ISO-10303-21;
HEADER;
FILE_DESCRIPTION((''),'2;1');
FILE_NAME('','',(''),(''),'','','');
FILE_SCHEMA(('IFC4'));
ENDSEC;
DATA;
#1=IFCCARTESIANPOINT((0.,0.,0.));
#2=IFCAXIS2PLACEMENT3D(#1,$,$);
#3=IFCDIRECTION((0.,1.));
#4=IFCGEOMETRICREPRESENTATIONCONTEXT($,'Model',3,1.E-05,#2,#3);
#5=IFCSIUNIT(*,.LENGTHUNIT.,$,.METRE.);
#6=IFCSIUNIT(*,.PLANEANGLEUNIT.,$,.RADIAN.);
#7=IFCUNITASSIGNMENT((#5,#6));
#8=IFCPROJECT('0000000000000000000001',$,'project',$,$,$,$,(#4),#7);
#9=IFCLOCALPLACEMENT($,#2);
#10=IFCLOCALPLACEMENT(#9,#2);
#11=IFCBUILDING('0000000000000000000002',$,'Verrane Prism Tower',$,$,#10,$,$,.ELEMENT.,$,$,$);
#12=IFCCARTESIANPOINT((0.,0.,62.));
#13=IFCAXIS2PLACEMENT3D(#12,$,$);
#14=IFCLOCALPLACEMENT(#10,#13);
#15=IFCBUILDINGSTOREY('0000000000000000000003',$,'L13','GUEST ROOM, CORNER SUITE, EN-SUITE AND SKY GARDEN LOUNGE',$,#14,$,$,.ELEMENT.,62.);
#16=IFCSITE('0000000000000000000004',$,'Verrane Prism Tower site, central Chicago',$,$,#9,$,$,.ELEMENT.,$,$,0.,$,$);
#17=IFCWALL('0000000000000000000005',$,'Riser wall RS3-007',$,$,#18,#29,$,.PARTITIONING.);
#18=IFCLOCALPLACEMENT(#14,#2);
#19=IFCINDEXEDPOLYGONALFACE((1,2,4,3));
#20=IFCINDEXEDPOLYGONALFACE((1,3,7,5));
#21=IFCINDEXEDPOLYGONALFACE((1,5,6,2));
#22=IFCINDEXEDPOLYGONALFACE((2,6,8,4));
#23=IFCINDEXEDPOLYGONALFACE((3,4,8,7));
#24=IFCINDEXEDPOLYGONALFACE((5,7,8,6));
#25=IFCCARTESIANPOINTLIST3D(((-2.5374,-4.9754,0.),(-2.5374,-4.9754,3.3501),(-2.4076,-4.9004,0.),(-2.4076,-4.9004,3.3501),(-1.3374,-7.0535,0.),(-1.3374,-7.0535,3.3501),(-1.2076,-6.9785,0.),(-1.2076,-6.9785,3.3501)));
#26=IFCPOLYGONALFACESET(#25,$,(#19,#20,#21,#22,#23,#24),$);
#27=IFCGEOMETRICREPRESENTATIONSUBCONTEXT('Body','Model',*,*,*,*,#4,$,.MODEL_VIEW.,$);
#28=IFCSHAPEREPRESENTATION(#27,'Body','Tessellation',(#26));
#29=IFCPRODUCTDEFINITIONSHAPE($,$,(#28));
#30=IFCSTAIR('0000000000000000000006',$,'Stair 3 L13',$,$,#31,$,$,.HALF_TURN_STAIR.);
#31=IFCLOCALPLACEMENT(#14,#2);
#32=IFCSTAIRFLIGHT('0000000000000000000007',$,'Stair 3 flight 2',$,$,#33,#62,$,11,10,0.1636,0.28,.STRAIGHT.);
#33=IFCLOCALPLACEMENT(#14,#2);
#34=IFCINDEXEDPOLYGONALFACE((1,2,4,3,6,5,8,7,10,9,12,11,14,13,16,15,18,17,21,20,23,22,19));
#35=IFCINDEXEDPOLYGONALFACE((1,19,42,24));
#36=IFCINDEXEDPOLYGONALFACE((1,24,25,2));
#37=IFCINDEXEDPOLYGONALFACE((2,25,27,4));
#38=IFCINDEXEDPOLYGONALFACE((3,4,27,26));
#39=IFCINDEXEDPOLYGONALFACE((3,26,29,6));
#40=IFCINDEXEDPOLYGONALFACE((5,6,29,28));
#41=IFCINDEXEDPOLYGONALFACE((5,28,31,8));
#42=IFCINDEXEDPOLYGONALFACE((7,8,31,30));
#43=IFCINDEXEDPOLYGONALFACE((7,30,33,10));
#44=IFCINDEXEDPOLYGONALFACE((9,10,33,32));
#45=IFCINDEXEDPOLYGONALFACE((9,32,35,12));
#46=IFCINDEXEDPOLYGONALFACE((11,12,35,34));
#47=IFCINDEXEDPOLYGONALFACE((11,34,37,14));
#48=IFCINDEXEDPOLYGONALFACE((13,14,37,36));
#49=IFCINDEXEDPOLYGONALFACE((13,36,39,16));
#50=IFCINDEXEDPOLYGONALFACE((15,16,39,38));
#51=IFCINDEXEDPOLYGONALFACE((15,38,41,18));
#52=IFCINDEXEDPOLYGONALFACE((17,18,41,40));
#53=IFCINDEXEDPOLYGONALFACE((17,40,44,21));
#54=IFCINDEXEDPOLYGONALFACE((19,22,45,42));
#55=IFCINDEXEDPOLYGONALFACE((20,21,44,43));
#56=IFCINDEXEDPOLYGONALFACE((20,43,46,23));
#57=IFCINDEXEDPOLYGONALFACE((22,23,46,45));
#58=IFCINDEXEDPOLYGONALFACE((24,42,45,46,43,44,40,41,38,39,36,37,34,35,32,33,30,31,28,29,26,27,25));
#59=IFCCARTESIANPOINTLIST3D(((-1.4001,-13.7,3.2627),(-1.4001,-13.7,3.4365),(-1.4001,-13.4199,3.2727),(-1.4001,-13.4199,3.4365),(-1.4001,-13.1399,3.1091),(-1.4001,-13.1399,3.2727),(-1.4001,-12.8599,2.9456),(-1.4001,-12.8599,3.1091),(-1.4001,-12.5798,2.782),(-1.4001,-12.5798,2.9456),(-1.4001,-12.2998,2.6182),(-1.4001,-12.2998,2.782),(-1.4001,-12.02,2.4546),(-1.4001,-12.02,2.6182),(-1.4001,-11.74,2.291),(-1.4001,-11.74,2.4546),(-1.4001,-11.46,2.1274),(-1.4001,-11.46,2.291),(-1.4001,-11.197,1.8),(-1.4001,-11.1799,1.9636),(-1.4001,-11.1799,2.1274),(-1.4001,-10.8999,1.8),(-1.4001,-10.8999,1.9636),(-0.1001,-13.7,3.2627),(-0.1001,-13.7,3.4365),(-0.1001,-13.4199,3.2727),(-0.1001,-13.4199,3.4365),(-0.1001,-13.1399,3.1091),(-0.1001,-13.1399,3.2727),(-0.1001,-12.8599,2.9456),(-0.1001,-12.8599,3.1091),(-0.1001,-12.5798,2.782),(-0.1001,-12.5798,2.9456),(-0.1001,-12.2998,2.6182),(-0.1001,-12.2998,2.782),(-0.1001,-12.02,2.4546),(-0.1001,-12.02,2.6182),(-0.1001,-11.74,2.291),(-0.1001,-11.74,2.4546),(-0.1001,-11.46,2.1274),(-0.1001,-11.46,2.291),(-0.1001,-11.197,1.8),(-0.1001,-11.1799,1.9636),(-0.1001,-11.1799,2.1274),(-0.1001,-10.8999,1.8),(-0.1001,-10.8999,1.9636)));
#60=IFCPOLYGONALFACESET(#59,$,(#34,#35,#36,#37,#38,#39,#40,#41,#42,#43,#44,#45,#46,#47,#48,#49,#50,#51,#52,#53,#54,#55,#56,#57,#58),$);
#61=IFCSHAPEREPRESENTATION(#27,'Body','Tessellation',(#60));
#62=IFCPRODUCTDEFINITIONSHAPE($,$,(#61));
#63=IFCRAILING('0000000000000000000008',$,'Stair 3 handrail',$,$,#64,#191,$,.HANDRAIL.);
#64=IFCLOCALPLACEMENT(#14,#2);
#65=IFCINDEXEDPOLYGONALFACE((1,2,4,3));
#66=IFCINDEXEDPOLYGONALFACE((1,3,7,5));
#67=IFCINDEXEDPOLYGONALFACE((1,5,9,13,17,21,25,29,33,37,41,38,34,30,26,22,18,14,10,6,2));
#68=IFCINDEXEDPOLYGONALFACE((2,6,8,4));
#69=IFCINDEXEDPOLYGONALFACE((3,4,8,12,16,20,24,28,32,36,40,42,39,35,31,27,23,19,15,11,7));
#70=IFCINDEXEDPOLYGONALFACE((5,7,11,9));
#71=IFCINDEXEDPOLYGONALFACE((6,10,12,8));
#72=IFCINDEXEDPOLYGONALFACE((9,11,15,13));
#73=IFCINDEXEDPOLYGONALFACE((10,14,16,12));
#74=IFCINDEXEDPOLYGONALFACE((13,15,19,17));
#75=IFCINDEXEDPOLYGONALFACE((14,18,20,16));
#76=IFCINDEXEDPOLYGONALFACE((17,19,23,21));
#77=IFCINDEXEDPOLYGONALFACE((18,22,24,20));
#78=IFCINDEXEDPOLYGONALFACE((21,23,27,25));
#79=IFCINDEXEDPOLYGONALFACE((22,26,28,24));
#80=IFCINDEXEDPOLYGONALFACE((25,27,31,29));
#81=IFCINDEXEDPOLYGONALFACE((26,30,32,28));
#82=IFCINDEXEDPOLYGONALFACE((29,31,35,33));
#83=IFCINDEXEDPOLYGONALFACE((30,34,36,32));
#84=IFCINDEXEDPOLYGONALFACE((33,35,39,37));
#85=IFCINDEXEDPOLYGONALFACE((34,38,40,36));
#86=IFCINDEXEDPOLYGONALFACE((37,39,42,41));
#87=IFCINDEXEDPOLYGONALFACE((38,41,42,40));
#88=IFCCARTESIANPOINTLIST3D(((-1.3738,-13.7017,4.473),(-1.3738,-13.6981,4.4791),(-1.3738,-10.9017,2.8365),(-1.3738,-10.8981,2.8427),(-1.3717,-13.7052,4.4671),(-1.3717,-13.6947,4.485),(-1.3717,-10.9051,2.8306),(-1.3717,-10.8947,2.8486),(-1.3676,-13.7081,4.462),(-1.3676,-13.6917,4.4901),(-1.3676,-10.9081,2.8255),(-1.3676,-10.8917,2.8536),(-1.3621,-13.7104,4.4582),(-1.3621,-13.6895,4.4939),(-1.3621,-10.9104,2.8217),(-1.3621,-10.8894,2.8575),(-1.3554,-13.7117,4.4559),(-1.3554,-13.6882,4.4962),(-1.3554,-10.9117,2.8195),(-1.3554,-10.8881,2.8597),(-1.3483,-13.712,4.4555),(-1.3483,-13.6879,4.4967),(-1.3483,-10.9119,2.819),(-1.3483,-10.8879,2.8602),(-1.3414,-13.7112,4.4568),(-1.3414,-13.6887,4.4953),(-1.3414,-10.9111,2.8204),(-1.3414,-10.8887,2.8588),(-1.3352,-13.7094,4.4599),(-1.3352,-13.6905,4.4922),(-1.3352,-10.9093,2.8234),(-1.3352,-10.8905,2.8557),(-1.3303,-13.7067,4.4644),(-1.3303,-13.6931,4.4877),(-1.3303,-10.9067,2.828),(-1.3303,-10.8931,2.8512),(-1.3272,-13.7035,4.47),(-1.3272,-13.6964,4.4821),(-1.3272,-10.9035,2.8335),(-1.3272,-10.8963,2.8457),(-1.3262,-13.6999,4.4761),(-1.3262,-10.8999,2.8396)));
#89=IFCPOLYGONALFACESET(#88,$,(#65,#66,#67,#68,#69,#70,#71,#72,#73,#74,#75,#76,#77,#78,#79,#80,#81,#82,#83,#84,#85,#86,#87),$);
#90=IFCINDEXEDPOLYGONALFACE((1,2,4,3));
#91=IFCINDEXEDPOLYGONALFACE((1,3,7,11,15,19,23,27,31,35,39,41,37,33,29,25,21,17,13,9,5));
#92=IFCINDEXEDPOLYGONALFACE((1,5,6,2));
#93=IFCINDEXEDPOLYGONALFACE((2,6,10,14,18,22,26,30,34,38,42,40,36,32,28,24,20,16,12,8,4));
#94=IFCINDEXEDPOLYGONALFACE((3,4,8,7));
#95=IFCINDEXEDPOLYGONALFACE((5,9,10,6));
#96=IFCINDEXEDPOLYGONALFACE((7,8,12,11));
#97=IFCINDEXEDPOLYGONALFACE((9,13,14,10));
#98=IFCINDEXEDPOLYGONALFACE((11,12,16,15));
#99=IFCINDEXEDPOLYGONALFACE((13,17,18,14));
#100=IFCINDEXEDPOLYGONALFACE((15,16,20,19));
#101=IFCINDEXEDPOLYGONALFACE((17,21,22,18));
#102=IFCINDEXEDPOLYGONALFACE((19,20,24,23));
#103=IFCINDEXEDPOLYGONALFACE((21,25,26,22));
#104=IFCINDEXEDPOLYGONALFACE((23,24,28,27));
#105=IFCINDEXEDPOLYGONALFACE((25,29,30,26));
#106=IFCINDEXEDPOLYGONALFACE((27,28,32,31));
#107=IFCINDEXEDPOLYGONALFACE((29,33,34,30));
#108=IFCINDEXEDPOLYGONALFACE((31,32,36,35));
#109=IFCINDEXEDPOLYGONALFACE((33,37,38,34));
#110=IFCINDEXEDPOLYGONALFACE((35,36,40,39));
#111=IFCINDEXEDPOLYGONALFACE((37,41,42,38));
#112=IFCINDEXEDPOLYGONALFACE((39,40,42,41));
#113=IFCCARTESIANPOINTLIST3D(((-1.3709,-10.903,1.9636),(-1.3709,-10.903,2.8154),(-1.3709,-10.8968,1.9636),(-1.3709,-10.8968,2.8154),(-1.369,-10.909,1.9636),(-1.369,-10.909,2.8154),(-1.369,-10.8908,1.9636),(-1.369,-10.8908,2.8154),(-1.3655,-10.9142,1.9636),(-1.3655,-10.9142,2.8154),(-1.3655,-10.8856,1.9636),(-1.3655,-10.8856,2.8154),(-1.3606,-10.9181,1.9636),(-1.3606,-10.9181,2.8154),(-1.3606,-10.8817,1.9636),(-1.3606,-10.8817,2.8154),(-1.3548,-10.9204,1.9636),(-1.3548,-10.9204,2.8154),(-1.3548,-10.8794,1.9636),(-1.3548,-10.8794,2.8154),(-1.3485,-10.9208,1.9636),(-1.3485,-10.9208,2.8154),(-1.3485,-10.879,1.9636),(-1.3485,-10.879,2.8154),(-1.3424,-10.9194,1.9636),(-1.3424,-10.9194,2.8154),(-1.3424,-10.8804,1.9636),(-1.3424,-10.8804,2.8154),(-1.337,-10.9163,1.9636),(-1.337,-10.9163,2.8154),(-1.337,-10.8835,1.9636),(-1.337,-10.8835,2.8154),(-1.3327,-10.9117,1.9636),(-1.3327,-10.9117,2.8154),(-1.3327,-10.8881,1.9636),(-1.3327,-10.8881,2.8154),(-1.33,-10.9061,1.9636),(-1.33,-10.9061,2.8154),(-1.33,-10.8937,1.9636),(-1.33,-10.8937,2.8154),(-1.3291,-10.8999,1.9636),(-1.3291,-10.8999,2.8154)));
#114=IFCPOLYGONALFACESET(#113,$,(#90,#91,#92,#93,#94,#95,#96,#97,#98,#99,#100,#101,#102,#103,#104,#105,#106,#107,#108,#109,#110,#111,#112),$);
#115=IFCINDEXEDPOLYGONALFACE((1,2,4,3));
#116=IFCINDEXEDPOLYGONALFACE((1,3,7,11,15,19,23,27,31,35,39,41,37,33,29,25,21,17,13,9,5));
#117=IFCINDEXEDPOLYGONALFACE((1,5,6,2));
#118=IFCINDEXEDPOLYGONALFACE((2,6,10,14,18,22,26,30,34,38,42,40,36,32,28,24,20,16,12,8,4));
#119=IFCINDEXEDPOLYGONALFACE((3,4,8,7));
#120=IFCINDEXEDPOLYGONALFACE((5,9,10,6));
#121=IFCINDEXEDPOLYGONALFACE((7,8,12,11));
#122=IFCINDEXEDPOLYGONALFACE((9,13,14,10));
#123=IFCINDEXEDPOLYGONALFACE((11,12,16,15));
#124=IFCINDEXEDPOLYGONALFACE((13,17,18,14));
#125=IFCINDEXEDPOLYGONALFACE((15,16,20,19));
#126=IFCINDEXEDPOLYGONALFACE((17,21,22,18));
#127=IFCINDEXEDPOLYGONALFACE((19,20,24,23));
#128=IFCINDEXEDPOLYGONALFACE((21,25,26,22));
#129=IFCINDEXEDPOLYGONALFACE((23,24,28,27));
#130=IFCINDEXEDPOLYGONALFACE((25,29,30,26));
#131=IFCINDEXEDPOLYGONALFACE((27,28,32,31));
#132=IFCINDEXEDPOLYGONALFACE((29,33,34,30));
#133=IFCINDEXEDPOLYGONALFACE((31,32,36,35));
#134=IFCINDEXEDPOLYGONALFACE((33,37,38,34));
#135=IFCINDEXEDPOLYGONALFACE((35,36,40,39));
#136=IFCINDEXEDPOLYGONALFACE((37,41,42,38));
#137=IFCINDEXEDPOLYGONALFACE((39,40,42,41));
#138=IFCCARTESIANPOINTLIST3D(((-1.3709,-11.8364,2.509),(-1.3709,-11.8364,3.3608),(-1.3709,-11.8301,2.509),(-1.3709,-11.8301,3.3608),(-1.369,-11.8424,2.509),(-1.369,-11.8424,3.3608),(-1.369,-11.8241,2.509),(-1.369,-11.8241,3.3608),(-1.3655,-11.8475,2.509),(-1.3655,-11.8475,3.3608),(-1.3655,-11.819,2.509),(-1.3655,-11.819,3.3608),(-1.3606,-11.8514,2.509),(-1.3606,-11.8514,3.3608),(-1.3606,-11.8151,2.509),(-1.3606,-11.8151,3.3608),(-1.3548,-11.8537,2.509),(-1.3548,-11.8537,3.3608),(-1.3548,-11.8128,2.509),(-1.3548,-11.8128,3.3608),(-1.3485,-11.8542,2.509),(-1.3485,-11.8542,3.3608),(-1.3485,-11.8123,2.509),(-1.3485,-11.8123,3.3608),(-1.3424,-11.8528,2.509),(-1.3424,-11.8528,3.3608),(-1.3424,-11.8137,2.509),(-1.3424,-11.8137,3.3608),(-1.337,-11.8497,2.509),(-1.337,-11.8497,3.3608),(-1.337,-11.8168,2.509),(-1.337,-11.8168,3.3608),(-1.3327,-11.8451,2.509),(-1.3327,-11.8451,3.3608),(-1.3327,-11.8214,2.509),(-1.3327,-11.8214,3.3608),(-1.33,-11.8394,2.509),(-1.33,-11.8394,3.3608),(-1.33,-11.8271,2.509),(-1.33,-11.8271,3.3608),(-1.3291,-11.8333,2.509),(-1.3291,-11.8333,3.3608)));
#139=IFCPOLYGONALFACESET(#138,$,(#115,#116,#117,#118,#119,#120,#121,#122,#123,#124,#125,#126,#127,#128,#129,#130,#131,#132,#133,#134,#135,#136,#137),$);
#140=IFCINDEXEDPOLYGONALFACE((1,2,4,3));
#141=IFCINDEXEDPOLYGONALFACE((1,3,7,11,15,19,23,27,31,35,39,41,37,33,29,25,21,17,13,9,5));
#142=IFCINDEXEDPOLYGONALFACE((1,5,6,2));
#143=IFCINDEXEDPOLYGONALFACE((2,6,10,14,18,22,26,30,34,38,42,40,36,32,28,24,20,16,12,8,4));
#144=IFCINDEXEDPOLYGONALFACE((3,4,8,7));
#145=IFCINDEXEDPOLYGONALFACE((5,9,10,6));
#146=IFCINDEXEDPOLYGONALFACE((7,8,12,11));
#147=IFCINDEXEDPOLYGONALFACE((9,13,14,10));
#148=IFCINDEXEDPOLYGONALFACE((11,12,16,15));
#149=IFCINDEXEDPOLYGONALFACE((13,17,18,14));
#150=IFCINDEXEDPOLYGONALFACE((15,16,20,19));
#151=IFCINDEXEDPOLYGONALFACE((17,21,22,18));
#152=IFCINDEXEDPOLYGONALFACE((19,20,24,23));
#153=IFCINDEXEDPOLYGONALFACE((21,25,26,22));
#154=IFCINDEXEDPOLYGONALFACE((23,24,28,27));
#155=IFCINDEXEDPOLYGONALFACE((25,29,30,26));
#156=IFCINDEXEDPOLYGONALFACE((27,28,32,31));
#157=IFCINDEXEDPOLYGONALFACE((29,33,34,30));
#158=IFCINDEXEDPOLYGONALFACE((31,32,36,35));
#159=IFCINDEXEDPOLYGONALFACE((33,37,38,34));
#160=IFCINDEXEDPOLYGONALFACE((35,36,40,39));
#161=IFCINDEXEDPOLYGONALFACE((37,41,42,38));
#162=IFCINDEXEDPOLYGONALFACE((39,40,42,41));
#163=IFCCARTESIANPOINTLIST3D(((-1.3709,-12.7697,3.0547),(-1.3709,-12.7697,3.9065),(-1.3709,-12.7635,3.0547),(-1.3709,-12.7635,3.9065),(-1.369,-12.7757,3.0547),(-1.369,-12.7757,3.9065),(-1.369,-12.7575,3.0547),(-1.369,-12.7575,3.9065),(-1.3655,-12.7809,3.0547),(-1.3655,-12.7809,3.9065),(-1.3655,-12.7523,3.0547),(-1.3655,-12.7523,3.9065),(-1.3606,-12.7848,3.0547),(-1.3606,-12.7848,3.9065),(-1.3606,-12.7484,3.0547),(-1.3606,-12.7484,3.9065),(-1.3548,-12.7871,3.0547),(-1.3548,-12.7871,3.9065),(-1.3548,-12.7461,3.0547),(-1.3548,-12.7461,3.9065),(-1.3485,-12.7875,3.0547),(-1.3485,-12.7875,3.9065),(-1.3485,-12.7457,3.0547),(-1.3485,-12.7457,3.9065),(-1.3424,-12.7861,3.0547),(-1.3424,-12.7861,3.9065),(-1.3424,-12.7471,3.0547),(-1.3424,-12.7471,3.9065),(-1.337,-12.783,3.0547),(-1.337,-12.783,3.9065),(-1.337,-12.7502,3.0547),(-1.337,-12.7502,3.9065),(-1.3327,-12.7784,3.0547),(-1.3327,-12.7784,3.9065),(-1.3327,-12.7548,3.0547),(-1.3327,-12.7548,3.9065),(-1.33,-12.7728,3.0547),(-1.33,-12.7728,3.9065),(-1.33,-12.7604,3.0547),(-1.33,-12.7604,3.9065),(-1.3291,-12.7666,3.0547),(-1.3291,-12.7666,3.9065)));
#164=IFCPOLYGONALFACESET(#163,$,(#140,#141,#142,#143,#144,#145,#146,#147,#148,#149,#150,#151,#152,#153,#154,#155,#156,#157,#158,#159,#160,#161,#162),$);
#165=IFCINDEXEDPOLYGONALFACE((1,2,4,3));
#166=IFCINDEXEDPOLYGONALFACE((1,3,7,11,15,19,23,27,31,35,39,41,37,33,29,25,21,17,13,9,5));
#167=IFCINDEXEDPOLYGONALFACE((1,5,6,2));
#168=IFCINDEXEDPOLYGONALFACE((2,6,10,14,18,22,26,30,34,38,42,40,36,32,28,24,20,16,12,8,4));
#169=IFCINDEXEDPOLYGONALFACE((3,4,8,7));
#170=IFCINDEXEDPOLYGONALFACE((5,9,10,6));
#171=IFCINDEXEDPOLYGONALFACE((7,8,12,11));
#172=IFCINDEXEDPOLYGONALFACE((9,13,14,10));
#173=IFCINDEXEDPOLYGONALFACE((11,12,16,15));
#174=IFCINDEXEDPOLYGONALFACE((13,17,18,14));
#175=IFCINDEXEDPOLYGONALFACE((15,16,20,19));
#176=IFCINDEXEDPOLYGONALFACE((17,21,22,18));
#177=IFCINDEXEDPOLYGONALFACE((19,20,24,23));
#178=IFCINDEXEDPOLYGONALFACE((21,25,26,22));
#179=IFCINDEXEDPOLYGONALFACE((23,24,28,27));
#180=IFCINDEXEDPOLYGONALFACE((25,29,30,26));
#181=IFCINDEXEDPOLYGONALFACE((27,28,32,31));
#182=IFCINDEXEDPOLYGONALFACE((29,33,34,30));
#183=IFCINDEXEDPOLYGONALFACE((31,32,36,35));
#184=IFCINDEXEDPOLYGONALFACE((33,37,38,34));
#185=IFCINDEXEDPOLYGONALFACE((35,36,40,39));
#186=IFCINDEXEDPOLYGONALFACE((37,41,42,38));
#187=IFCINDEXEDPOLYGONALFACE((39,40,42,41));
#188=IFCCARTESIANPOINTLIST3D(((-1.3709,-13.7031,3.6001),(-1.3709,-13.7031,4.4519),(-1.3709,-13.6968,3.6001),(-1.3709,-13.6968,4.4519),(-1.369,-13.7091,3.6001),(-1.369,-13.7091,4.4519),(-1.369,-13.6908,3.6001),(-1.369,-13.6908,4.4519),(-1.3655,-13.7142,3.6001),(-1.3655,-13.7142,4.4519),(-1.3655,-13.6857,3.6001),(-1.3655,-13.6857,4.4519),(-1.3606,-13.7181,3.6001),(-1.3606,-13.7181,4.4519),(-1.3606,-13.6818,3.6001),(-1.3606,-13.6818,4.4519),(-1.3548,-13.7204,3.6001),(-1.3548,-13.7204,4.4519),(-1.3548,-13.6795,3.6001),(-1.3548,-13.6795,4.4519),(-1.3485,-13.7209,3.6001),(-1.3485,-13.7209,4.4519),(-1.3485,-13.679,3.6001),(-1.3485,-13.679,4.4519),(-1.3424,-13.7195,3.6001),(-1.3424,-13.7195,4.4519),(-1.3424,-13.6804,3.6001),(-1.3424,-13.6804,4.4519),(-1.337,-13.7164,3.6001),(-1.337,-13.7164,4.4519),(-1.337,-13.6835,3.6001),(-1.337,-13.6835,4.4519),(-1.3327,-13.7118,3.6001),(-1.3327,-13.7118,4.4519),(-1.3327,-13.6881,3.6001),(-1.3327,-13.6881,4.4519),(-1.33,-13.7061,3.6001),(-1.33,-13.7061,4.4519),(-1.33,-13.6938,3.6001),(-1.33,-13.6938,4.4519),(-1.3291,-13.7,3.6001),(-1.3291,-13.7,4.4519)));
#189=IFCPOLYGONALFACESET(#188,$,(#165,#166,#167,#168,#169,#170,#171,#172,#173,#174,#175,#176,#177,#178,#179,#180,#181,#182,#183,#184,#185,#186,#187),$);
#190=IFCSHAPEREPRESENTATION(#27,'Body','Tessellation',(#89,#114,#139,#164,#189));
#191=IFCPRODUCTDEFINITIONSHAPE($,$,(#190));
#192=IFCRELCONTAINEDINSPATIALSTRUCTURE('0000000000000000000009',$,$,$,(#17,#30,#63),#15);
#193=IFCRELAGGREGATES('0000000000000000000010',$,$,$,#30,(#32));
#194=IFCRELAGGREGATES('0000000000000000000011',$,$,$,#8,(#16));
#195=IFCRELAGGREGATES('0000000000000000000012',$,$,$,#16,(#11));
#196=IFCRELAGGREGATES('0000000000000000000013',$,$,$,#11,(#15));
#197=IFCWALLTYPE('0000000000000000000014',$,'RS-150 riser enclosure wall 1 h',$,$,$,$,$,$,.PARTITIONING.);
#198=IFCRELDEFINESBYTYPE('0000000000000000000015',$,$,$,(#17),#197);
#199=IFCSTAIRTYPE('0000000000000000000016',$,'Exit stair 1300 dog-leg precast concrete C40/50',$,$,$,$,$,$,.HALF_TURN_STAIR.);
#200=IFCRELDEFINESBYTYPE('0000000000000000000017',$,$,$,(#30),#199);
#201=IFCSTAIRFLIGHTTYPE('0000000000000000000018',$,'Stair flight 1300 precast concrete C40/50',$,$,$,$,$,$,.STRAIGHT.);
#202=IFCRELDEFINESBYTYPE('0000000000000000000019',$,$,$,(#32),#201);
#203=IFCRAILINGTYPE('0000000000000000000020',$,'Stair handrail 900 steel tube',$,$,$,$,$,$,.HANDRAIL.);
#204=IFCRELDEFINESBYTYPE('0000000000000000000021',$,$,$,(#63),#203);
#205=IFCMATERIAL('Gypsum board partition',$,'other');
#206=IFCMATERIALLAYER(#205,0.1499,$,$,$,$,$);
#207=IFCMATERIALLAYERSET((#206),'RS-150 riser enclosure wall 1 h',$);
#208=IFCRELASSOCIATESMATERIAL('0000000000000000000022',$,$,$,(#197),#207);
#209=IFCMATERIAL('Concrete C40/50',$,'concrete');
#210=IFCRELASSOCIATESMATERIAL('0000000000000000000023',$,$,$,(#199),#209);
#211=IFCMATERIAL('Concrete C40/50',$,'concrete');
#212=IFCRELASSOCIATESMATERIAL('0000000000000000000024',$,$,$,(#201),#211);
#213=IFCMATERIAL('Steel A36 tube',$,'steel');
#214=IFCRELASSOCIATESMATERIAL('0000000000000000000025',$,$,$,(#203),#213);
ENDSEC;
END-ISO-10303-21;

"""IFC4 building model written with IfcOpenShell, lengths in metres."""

from ifc_helpers import new_model, si_unit, direction, frame, frame_2d, origin, origin_2d, place, context, subcontext, project, spatial, polyline, rectangle, circle, outline, extrude, material, layer, layer_set, type_object, element, aggregate, save


model = new_model("IFC4")

# Units and contexts
model_context = context("Model", 3, precision=1e-05, world=origin(), true_north=direction((0.0, 1.0)))
body_context = subcontext(model_context, "Body", "Model", "MODEL_VIEW")
ifc_project = project(units=[si_unit("LENGTHUNIT", "METRE"), si_unit("PLANEANGLEUNIT", "RADIAN")], contexts=[model_context])

# Site, building, storey
site_placement = place(None, origin())
site = spatial("IfcSite", under=ifc_project, at=site_placement, Name="Verrane Prism Tower site, central Chicago", CompositionType="ELEMENT", RefElevation=0.0)
building_placement = place(site_placement, origin())
building = spatial("IfcBuilding", under=site, at=building_placement, Name="Verrane Prism Tower", CompositionType="ELEMENT")
storey_placement = place(building_placement, frame((0.0, 0.0, 62.0)))
storey = spatial("IfcBuildingStorey", under=building, at=storey_placement, Name="L13", Description="GUEST ROOM, CORNER SUITE, EN-SUITE AND SKY GARDEN LOUNGE", CompositionType="ELEMENT", Elevation=62.0)

# Shared definitions
ifc_material_1 = material(Name="Gypsum board partition", Category="other")
ifc_layer_1 = layer(ifc_material_1, 0.1499)
ifc_layer_set_1 = layer_set([ifc_layer_1], Name="RS-150 riser enclosure wall 1 h")
wall_type_1 = type_object("IfcWallType", Name="RS-150 riser enclosure wall 1 h", PredefinedType="PARTITIONING", material=ifc_layer_set_1)

# Wall
wall_1_placement = place(storey_placement, frame((-2.4724, -4.938, 0.0), z_axis=(0.0, 0.0, 1.0), x_axis=(0.500045, -0.865999, 0.0)))
element("IfcWall", 1, at=wall_1_placement, inside=storey, type_object=wall_type_1, Name="Riser wall RS3-007", PredefinedType="PARTITIONING", context=body_context, shape_type="SweptSolid", body=[
    extrude(rectangle(XDim=2.3997, YDim=0.1499, at=frame_2d((1.1997, 0.0))), origin(), (0.0, 0.0, 1.0), 3.3501),
])

# Stair, stair flight
ifc_material_2 = material(Name="Concrete C40/50", Category="concrete")
stair_type = type_object("IfcStairType", Name="Exit stair 1300 dog-leg precast concrete C40/50", PredefinedType="HALF_TURN_STAIR", material=ifc_material_2)
stair_placement = place(storey_placement, origin())
stair = element("IfcStair", 2, at=stair_placement, inside=storey, type_object=stair_type, Name="Stair 3 L13", PredefinedType="HALF_TURN_STAIR")
ifc_material_3 = material(Name="Concrete C40/50", Category="concrete")
stair_flight_type = type_object("IfcStairFlightType", Name="Stair flight 1300 precast concrete C40/50", PredefinedType="STRAIGHT", material=ifc_material_3)
stair_flight_placement = place(storey_placement, frame((-0.75, -10.8999, 1.8), z_axis=(0.0, 0.0, 1.0), x_axis=(0.0, -1.0, 0.0)))
stair_flight = element("IfcStairFlight", 3, at=stair_flight_placement, type_object=stair_flight_type, Name="Stair 3 flight 2", NumberOfRisers=11, NumberOfTreads=10, PredefinedType="STRAIGHT", RiserHeight=0.1636, TreadLength=0.28, context=body_context, shape_type="SweptSolid", body=[
    extrude(outline(polyline([(0.0, 0.0), (0.0, 0.1636), (0.28, 0.1636), (0.28, 0.3274), (0.5601, 0.3274), (0.5601, 0.491), (0.8401, 0.491), (0.8401, 0.6545), (1.1201, 0.6545), (1.1201, 0.8181), (1.3999, 0.8181), (1.3999, 0.9819), (1.6799, 0.9819), (1.6799, 1.1455), (1.96, 1.1455), (1.96, 1.3091), (2.24, 1.3091), (2.24, 1.4727), (2.52, 1.4727), (2.52, 1.6365), (2.8, 1.6365), (2.8, 1.8), (2.8, 1.4626), (0.2971, 0.0), (0.0, 0.0)])), frame((0.0, 0.6499, 0.0), z_axis=(0.0, -1.0, 0.0), x_axis=(1.0, 0.0, 0.0)), (0.0, 0.0, 1.0), 1.3),
])
aggregate(stair, [stair_flight])

# Railing
ifc_material_4 = material(Name="Steel A36 tube", Category="steel")
railing_type = type_object("IfcRailingType", Name="Stair handrail 900 steel tube", PredefinedType="HANDRAIL", material=ifc_material_4)
railing_placement = place(storey_placement, frame((-1.3501, -10.8999, 1.9636)))
element("IfcRailing", 4, at=railing_placement, inside=storey, type_object=railing_type, Name="Stair 3 handrail", PredefinedType="HANDRAIL", context=body_context, shape_type="SweptSolid", body=[
    extrude(circle(Radius=0.0239, at=origin_2d()), frame((0.0, 0.0, 0.876), z_axis=(0.0, -0.863361, 0.504587), x_axis=(1.0, 0.0, 0.0)), (0.0, 0.0, 1.0), 3.2432),
    extrude(circle(Radius=0.021, at=origin_2d()), origin(), (0.0, 0.0, 1.0), 0.8518),
    extrude(circle(Radius=0.021, at=origin_2d()), frame((0.0, -0.9333, 0.5454)), (0.0, 0.0, 1.0), 0.8518),
    extrude(circle(Radius=0.021, at=origin_2d()), frame((0.0, -1.8667, 1.0911)), (0.0, 0.0, 1.0), 0.8518),
    extrude(circle(Radius=0.021, at=origin_2d()), frame((0.0, -2.8, 1.6365)), (0.0, 0.0, 1.0), 0.8518),
])

save(model, "model.ifc")
